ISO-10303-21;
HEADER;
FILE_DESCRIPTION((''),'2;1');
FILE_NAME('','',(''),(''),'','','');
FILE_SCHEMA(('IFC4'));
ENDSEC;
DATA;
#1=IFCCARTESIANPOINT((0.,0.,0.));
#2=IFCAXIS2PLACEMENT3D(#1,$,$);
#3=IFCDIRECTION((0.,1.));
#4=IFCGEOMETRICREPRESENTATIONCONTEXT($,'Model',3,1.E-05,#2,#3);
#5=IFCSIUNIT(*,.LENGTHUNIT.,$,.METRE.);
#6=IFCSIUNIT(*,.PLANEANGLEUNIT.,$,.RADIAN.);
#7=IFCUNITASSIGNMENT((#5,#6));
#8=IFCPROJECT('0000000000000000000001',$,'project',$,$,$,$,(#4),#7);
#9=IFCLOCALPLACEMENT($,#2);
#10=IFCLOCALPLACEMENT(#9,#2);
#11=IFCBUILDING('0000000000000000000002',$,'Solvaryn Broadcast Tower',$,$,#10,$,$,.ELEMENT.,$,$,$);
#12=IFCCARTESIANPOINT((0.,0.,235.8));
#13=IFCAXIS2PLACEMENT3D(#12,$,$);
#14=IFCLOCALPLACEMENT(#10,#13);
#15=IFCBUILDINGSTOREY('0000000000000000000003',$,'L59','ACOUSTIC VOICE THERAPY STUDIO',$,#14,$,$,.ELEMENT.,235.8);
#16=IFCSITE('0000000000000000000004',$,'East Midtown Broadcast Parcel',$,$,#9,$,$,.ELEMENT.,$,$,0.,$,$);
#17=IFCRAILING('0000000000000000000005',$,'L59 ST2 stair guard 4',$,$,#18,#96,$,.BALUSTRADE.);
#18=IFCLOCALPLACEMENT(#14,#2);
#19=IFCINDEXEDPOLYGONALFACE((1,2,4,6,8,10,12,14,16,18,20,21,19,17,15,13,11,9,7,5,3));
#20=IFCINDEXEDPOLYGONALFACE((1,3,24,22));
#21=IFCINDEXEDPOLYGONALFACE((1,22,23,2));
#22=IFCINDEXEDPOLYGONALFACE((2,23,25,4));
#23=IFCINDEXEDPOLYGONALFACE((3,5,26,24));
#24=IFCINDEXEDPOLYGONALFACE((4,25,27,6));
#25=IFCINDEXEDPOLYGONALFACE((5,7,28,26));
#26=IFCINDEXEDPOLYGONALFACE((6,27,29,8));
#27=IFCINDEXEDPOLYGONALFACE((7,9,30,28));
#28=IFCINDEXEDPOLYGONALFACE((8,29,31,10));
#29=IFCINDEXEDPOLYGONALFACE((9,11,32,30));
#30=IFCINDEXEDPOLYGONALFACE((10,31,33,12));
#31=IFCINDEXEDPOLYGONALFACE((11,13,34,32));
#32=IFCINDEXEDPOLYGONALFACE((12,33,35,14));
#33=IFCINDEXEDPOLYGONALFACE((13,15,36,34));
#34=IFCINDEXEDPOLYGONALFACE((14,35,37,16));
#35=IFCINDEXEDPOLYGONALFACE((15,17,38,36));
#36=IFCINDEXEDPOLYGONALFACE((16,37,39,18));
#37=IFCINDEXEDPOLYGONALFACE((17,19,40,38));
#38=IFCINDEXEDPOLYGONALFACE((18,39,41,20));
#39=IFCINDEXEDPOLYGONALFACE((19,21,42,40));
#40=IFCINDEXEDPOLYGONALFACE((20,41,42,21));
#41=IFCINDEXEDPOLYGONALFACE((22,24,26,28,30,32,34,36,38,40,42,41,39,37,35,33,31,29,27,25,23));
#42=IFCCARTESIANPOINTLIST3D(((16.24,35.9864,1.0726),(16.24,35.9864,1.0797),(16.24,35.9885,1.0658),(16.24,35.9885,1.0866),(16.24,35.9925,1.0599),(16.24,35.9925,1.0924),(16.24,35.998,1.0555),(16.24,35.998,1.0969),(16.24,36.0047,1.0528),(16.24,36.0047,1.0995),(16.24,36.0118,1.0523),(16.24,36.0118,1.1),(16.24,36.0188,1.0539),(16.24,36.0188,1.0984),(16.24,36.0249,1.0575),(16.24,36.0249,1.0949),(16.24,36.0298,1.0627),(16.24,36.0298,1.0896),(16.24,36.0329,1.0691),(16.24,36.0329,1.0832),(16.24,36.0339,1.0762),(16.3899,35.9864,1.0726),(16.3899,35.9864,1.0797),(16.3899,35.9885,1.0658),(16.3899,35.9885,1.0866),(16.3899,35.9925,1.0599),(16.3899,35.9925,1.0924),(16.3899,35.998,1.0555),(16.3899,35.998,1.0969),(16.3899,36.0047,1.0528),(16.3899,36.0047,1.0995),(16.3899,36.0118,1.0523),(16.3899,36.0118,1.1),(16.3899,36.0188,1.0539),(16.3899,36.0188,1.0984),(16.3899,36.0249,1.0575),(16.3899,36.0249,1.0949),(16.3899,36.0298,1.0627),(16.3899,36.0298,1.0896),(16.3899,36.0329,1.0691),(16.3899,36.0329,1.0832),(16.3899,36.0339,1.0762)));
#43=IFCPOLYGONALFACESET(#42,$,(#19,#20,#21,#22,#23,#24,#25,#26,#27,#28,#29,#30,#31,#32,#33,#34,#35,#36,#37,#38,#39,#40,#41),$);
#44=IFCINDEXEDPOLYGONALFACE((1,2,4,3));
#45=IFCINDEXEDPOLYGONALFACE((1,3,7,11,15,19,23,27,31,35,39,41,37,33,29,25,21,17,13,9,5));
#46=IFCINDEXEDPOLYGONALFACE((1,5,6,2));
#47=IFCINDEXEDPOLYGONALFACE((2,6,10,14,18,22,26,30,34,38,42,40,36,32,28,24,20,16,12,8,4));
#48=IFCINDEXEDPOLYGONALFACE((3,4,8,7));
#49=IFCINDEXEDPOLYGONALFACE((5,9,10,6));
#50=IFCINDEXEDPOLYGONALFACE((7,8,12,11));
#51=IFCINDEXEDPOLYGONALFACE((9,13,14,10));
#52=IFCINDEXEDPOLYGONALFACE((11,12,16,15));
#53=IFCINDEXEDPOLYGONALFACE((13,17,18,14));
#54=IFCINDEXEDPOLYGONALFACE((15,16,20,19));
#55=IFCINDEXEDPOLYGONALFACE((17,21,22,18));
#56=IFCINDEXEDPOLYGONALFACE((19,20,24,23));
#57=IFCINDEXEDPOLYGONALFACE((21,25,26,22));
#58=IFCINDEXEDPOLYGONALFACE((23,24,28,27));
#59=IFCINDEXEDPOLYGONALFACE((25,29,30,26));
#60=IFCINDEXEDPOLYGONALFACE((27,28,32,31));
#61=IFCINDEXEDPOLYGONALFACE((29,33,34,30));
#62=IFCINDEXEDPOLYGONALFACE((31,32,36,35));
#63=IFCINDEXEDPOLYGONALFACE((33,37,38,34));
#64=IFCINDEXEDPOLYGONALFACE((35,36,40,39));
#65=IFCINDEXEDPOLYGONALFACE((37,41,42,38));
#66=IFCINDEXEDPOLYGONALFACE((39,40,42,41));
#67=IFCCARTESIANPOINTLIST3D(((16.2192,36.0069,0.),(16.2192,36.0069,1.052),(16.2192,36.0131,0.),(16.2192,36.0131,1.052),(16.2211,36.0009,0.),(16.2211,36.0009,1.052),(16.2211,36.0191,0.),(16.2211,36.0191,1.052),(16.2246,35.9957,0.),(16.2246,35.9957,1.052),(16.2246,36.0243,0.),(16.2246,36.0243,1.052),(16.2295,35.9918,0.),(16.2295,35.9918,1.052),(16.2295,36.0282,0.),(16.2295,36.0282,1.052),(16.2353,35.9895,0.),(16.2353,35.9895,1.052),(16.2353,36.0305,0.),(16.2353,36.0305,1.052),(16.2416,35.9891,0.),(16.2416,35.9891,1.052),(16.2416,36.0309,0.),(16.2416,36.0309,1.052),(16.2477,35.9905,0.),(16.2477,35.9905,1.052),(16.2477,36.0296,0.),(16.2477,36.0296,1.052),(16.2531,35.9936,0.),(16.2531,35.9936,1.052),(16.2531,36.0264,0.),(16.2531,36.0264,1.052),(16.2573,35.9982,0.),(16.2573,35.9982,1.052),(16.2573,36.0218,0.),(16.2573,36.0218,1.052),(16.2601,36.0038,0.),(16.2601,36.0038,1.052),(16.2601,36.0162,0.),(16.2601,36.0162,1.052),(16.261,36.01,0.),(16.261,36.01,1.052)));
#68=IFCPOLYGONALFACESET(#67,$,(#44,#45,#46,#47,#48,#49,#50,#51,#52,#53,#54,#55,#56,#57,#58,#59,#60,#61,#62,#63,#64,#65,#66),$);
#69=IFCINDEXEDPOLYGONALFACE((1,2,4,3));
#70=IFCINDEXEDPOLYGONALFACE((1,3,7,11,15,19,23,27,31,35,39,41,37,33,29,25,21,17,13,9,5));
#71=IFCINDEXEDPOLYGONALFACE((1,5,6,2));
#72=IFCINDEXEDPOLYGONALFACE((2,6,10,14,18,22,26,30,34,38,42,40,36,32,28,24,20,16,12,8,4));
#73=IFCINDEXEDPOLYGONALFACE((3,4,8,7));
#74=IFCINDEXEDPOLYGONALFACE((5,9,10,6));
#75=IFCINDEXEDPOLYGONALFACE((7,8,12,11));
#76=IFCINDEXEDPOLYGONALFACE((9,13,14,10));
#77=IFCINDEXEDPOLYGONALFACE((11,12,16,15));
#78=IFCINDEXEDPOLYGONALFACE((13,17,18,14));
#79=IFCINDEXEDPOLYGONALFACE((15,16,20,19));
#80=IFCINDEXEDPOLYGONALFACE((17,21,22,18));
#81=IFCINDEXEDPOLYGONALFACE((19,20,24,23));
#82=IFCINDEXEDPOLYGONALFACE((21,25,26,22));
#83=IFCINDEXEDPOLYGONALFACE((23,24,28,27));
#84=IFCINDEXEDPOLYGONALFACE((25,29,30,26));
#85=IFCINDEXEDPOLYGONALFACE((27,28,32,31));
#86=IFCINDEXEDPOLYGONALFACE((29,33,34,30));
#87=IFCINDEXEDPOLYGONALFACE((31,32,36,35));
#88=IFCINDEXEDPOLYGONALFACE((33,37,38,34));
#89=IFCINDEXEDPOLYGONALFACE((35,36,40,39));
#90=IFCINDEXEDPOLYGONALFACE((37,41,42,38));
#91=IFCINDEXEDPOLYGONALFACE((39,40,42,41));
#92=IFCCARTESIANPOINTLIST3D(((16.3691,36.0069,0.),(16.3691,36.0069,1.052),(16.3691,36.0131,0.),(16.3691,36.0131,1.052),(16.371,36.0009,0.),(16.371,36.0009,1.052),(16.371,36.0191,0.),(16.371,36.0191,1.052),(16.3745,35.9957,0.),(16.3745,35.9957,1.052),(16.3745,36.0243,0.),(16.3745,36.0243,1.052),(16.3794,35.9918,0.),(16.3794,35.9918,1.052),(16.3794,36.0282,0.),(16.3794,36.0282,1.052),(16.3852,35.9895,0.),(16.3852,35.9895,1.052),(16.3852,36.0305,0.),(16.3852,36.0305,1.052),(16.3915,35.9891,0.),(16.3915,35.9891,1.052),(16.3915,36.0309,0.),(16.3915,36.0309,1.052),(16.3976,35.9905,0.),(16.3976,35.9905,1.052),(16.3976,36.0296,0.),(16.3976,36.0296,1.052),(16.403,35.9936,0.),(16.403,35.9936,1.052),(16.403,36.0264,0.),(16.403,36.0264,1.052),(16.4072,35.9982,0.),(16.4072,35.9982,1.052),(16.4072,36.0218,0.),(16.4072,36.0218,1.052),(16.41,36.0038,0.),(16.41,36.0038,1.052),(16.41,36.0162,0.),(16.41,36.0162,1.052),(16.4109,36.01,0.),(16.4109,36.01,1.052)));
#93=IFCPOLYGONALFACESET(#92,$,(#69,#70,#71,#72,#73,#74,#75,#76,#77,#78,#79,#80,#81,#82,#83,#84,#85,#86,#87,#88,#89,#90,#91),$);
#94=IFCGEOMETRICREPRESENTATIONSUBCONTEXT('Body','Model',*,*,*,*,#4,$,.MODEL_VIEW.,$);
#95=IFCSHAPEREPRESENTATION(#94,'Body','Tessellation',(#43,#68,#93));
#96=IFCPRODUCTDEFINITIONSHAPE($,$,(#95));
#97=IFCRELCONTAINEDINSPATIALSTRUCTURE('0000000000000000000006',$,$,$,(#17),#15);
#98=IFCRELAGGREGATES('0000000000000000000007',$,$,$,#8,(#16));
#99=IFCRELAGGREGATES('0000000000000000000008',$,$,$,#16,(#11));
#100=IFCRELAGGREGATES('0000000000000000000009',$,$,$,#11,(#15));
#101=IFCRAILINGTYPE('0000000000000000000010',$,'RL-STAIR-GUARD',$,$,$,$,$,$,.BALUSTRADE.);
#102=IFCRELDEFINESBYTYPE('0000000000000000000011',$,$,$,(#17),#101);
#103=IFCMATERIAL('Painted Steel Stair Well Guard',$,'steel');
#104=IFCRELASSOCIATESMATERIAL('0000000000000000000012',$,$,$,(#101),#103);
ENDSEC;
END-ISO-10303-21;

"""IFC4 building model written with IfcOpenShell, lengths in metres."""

from ifc_helpers import new_model, si_unit, direction, frame, origin, origin_2d, place, context, subcontext, project, spatial, circle, extrude, material, type_object, element, save


model = new_model("IFC4")

# Units and contexts
model_context = context("Model", 3, precision=1e-05, world=origin(), true_north=direction((0.0, 1.0)))
body_context = subcontext(model_context, "Body", "Model", "MODEL_VIEW")
ifc_project = project(units=[si_unit("LENGTHUNIT", "METRE"), si_unit("PLANEANGLEUNIT", "RADIAN")], contexts=[model_context])

# Site, building, storey
site_placement = place(None, origin())
site = spatial("IfcSite", under=ifc_project, at=site_placement, Name="East Midtown Broadcast Parcel", CompositionType="ELEMENT", RefElevation=0.0)
building_placement = place(site_placement, origin())
building = spatial("IfcBuilding", under=site, at=building_placement, Name="Solvaryn Broadcast Tower", CompositionType="ELEMENT")
storey_placement = place(building_placement, frame((0.0, 0.0, 235.8)))
storey = spatial("IfcBuildingStorey", under=building, at=storey_placement, Name="L59", Description="ACOUSTIC VOICE THERAPY STUDIO", CompositionType="ELEMENT", Elevation=235.8)

# Railing
ifc_material_1 = material(Name="Painted Steel Stair Well Guard", Category="steel")
railing_type_1 = type_object("IfcRailingType", Name="RL-STAIR-GUARD", PredefinedType="BALUSTRADE", material=ifc_material_1)
railing_1_placement = place(storey_placement, frame((16.24, 36.01, 0.0)))
element("IfcRailing", 1, at=railing_1_placement, inside=storey, type_object=railing_type_1, Name="L59 ST2 stair guard 4", PredefinedType="BALUSTRADE", context=body_context, shape_type="SweptSolid", body=[
    extrude(circle(Radius=0.0239, at=origin_2d()), frame((0.0, 0.0, 1.0762), z_axis=(1.0, 0.0, 0.0), x_axis=(0.0, 1.0, 0.0)), (0.0, 0.0, 1.0), 0.1499),
    extrude(circle(Radius=0.021, at=origin_2d()), origin(), (0.0, 0.0, 1.0), 1.052),
    extrude(circle(Radius=0.021, at=origin_2d()), frame((0.1499, 0.0, 0.0)), (0.0, 0.0, 1.0), 1.052),
])

save(model, "model.ifc")
